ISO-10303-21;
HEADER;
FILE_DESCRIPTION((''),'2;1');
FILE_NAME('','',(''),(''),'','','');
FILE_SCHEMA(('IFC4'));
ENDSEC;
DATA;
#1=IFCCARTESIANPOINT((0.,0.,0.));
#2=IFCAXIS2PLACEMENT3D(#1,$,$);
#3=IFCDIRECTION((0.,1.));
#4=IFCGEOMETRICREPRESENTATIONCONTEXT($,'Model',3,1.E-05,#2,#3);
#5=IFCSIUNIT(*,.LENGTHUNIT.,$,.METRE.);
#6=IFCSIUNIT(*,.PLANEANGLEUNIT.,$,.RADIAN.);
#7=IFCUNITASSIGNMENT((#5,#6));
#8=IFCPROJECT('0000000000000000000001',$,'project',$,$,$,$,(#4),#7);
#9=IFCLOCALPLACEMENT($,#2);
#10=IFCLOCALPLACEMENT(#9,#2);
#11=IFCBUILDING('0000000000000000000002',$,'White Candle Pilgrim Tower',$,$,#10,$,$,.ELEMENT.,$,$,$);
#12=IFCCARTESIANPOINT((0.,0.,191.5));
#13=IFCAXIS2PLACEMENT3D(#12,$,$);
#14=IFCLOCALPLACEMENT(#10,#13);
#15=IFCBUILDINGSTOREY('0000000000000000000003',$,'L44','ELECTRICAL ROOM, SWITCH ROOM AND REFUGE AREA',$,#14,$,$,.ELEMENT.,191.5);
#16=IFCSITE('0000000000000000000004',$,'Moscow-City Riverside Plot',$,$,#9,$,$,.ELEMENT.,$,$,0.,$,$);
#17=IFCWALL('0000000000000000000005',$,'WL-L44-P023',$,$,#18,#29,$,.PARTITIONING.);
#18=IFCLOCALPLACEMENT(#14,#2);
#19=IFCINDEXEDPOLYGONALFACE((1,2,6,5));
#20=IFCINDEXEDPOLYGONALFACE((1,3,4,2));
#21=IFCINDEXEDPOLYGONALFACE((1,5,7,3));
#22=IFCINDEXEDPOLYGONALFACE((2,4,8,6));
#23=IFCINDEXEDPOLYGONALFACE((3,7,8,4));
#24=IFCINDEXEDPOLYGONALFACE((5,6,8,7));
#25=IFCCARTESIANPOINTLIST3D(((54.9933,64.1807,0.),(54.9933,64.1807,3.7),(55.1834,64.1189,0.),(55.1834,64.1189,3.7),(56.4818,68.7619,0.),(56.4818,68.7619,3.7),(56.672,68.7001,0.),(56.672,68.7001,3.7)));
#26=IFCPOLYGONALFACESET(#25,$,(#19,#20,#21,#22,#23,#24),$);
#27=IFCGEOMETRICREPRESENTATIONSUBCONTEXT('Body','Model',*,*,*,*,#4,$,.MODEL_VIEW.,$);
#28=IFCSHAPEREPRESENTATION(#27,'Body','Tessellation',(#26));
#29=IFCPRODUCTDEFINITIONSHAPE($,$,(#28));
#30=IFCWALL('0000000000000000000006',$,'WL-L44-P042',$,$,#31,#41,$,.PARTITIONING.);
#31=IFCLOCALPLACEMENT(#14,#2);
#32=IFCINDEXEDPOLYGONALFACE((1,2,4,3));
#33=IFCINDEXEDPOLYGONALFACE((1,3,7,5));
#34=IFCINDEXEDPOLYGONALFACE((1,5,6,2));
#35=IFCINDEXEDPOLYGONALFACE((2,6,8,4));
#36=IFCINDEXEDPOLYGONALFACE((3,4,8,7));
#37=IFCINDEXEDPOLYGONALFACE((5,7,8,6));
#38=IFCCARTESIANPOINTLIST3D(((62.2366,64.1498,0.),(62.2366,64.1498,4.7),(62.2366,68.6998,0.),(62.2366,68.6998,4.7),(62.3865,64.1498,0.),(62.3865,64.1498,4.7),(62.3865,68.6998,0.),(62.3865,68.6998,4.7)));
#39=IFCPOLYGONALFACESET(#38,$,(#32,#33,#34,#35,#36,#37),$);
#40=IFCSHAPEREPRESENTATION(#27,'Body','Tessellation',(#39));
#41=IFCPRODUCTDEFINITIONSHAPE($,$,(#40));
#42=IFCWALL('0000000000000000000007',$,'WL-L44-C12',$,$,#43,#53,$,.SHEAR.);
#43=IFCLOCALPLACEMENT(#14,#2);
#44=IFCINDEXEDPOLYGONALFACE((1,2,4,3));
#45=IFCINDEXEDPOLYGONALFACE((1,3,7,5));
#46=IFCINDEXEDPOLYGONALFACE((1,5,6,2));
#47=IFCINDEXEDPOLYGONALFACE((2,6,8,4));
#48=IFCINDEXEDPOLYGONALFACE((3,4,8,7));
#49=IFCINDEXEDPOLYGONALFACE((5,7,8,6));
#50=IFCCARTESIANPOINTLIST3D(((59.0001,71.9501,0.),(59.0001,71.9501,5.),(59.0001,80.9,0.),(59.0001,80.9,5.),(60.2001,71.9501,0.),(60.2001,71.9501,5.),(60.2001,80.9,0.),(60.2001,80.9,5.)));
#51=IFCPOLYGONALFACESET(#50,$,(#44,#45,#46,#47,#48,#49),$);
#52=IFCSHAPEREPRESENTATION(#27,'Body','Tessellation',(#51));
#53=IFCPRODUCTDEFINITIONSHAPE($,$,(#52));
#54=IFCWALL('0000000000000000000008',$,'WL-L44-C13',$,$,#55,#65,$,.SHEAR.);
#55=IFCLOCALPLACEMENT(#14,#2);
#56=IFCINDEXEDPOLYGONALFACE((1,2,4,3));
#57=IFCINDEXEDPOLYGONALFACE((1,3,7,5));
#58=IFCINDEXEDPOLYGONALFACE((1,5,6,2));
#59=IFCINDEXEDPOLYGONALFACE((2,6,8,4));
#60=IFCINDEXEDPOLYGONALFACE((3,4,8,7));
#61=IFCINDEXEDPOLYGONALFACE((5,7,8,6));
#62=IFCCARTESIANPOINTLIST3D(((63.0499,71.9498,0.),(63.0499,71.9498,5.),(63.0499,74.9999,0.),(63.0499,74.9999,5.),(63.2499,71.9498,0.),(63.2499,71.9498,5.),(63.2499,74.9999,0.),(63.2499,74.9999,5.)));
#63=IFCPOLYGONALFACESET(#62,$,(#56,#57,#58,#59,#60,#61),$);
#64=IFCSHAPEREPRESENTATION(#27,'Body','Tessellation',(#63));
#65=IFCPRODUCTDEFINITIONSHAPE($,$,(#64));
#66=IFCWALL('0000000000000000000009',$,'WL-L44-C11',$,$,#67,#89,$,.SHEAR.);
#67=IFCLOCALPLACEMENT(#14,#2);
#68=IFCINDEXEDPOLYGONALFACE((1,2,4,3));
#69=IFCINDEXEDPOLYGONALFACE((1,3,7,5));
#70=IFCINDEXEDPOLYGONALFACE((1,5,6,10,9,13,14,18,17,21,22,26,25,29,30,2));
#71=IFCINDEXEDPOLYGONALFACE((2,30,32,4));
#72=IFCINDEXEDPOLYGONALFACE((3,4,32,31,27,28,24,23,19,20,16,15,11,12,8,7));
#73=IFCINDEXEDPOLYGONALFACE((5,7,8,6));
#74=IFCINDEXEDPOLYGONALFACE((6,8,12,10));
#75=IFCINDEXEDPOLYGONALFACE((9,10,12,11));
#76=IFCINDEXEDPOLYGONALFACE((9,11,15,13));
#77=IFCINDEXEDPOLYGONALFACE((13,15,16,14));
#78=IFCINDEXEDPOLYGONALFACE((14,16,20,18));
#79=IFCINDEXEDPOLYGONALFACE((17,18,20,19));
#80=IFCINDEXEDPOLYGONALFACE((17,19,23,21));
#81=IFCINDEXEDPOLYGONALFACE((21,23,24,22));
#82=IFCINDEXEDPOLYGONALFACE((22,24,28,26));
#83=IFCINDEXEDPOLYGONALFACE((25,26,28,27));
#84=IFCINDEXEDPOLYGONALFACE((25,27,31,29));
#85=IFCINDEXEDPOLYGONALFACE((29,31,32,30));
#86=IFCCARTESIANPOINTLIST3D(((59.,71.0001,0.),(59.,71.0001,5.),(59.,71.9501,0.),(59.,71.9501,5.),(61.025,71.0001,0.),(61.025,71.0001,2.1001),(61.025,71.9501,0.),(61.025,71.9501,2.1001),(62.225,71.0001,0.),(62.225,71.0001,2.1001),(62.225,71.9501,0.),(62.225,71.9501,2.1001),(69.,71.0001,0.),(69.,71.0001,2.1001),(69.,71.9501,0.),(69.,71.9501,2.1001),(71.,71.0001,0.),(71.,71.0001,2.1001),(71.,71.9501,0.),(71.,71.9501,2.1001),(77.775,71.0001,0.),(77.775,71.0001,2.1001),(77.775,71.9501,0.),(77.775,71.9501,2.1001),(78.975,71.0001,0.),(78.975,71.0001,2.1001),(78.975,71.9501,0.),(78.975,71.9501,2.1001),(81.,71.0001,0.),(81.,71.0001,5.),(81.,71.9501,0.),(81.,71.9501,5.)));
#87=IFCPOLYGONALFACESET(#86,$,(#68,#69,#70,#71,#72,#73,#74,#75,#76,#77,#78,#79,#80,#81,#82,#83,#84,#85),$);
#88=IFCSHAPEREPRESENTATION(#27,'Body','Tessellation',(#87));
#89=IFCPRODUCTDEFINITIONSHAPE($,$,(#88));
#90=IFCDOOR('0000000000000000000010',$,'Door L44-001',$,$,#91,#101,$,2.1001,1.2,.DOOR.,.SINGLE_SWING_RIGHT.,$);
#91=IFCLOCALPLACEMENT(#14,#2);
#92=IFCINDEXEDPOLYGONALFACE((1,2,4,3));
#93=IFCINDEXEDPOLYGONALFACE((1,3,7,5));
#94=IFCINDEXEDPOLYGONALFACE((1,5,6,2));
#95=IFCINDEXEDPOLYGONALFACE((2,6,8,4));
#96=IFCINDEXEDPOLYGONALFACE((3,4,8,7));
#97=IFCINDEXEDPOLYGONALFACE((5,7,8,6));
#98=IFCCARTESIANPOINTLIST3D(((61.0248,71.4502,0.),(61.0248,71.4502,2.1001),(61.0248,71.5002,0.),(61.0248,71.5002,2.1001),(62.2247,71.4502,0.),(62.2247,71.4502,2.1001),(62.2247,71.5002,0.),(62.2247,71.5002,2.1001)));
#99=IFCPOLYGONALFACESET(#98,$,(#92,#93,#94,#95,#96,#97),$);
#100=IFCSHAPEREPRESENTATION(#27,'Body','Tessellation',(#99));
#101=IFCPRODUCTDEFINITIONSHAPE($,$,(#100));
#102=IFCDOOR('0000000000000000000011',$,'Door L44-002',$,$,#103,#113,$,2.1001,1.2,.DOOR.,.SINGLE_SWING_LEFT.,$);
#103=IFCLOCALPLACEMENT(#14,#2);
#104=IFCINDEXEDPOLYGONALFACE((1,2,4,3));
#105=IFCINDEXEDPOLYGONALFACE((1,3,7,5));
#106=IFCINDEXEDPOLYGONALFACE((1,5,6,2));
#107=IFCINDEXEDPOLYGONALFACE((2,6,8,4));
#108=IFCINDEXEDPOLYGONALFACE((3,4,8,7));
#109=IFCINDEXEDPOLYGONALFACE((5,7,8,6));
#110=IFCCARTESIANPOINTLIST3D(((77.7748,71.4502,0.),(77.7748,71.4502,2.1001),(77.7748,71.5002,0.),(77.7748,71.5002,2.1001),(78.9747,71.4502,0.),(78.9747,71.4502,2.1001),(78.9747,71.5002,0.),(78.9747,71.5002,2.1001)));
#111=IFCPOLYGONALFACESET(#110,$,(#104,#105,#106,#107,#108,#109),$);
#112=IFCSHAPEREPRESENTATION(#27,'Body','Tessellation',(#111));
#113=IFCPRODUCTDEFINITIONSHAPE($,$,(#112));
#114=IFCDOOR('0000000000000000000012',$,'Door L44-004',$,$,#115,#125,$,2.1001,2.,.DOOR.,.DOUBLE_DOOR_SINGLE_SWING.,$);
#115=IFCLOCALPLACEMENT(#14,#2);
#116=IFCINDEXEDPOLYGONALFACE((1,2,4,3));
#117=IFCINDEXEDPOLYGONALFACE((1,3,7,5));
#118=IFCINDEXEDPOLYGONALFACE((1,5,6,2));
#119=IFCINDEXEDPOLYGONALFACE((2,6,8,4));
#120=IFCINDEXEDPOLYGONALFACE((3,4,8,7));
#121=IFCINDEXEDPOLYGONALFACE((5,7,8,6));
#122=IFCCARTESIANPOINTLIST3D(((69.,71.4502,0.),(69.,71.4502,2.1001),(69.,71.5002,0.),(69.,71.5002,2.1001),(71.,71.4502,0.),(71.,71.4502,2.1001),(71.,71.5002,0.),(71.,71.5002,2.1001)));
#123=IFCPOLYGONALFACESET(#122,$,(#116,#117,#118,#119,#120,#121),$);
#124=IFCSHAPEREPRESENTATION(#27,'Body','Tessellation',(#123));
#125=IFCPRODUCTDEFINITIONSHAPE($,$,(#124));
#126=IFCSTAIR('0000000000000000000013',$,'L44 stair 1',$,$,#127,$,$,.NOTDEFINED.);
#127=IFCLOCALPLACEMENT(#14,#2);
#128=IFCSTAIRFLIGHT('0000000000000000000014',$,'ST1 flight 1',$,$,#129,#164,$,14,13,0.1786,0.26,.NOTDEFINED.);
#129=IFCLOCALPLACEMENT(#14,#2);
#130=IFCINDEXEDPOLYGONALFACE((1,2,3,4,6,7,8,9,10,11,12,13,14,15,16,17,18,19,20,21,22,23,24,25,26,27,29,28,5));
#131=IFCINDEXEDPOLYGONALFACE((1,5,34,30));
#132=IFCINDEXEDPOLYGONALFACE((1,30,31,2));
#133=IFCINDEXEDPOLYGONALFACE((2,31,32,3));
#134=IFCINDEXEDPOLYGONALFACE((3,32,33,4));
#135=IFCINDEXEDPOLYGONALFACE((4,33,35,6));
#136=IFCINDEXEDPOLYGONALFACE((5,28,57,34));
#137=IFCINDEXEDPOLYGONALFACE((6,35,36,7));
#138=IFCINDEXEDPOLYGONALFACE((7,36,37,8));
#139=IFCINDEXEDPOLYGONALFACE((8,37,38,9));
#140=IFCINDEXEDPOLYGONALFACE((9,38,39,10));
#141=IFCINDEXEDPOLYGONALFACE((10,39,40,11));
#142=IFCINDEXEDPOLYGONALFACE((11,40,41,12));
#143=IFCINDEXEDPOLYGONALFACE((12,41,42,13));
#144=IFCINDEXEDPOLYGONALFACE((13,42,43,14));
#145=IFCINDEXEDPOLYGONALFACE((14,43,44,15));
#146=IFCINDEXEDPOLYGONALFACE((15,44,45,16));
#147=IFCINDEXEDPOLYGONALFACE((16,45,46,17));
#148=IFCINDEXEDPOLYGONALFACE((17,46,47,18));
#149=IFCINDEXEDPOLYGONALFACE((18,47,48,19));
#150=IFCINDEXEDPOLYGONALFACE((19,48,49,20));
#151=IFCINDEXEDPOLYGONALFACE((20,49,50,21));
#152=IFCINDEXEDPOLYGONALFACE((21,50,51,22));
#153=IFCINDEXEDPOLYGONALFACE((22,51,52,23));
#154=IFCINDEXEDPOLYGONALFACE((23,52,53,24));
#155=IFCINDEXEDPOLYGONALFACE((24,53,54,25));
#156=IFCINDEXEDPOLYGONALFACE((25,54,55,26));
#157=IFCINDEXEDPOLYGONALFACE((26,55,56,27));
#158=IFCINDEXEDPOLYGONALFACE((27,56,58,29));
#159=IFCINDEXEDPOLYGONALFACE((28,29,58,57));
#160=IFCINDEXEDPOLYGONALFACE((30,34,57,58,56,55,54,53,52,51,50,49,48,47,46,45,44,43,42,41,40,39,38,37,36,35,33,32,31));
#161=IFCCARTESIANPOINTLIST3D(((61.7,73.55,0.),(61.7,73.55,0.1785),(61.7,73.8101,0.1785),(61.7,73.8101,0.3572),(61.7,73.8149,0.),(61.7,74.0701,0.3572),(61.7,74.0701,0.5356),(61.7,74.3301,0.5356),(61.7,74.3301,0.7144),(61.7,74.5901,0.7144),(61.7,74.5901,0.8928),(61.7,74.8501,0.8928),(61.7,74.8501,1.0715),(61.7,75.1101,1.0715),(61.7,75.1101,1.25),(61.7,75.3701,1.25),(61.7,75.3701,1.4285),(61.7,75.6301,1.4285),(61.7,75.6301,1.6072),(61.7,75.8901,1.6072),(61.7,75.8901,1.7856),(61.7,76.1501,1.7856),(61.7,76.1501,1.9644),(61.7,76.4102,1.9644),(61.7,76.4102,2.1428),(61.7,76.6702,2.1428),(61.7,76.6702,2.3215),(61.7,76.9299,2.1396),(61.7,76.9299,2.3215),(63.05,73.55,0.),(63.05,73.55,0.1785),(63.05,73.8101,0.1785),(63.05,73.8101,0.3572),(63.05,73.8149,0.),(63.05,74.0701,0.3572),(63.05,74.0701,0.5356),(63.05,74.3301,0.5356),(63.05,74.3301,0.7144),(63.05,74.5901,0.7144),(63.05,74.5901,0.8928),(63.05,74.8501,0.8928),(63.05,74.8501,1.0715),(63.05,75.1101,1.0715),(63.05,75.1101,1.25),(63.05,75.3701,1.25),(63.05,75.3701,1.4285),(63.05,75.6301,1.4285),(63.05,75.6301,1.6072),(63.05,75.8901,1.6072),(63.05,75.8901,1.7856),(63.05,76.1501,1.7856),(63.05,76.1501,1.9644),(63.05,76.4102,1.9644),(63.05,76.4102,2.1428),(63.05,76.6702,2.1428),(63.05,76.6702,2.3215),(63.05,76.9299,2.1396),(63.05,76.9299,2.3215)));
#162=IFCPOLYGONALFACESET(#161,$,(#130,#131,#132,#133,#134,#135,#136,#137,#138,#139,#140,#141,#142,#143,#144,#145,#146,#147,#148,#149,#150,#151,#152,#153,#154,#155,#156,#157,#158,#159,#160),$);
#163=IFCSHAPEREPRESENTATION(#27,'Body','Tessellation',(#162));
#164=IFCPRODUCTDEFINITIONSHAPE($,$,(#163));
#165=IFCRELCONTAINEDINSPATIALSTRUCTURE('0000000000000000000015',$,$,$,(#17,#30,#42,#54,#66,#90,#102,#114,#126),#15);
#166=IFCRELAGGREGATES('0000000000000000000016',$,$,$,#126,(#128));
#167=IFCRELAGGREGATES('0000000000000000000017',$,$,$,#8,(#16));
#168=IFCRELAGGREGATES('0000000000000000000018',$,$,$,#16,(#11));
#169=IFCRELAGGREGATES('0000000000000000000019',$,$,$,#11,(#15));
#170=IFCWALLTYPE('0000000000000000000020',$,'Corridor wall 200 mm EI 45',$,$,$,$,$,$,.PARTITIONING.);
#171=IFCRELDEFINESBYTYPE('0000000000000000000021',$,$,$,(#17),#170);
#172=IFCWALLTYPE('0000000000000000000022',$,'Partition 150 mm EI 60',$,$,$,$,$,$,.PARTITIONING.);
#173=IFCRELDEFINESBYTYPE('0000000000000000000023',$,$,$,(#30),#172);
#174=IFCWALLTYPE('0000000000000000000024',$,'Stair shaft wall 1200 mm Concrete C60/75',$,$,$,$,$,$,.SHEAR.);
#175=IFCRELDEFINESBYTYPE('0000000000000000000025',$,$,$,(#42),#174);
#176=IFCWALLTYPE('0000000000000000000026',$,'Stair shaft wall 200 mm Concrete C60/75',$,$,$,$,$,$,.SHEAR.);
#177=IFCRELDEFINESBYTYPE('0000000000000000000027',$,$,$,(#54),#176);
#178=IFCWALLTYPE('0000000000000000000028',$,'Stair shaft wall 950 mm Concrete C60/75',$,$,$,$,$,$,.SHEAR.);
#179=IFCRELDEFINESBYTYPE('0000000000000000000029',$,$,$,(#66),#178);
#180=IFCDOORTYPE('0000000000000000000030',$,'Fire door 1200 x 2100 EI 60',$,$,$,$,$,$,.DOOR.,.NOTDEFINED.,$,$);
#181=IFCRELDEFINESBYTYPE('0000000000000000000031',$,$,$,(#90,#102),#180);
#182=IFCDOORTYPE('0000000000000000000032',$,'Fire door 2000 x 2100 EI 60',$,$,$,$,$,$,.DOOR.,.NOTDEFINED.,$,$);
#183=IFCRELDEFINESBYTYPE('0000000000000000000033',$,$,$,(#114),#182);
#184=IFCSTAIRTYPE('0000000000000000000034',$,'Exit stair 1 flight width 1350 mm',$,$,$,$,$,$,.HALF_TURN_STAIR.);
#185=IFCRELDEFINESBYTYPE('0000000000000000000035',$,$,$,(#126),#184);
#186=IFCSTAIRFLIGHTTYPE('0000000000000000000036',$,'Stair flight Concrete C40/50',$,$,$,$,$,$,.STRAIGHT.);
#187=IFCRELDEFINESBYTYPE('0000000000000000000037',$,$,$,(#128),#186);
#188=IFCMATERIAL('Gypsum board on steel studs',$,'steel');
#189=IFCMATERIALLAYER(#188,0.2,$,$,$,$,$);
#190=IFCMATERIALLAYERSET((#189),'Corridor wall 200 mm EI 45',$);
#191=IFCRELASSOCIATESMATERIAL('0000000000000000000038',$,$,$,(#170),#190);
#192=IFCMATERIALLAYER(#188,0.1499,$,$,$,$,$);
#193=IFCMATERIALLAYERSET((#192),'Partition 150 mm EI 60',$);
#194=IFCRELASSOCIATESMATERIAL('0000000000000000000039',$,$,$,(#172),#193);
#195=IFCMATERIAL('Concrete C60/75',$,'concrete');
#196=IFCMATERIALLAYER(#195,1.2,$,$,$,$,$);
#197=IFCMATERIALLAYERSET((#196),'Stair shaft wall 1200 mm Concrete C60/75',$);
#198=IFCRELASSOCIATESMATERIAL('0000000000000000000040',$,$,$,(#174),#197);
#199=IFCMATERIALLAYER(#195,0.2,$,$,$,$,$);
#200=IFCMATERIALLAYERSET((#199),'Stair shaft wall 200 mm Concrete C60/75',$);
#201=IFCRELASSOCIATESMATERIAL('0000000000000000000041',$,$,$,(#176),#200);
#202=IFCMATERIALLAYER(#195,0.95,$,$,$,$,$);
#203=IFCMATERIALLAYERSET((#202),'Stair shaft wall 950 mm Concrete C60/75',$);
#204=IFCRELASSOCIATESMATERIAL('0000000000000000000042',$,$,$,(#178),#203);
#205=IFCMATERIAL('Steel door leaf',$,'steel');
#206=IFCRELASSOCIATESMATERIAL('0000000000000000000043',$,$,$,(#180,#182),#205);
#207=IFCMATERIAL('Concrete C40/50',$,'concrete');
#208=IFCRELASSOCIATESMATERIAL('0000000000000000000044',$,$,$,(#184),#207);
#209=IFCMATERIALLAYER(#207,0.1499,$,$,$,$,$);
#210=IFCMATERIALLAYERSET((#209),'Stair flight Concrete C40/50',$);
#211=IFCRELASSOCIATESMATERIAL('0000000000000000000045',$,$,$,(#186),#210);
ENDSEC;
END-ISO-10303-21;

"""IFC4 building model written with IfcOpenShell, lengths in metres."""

from ifc_helpers import new_model, si_unit, direction, frame, frame_2d, origin, place, context, subcontext, project, spatial, polyline, rectangle, outline, extrude, material, layer, layer_set, type_object, element, fill, aggregate, save


model = new_model("IFC4")

# Units and contexts
model_context = context("Model", 3, precision=1e-05, world=origin(), true_north=direction((0.0, 1.0)))
body_context = subcontext(model_context, "Body", "Model", "MODEL_VIEW")
ifc_project = project(units=[si_unit("LENGTHUNIT", "METRE"), si_unit("PLANEANGLEUNIT", "RADIAN")], contexts=[model_context])

# Site, building, storey
site_placement = place(None, origin())
site = spatial("IfcSite", under=ifc_project, at=site_placement, Name="Moscow-City Riverside Plot", CompositionType="ELEMENT", RefElevation=0.0)
building_placement = place(site_placement, origin())
building = spatial("IfcBuilding", under=site, at=building_placement, Name="White Candle Pilgrim Tower", CompositionType="ELEMENT")
storey_placement = place(building_placement, frame((0.0, 0.0, 191.5)))
storey = spatial("IfcBuildingStorey", under=building, at=storey_placement, Name="L44", Description="ELECTRICAL ROOM, SWITCH ROOM AND REFUGE AREA", CompositionType="ELEMENT", Elevation=191.5)

# Walls
ifc_material_1 = material(Name="Gypsum board on steel studs", Category="steel")
ifc_layer_1 = layer(ifc_material_1, 0.2)
ifc_layer_set_1 = layer_set([ifc_layer_1], Name="Corridor wall 200 mm EI 45")
wall_type_1 = type_object("IfcWallType", Name="Corridor wall 200 mm EI 45", PredefinedType="PARTITIONING", material=ifc_layer_set_1)
wall_1_placement = place(storey_placement, frame((56.5769, 68.731, 0.0), z_axis=(0.0, 0.0, 1.0), x_axis=(-0.309026, -0.951053, 0.0)))
element("IfcWall", 1, at=wall_1_placement, inside=storey, type_object=wall_type_1, Name="WL-L44-P023", PredefinedType="PARTITIONING", context=body_context, shape_type="SweptSolid", body=[
    extrude(rectangle(XDim=4.8169, YDim=0.2, at=frame_2d((2.4084, 0.0))), origin(), (0.0, 0.0, 1.0), 3.7),
])
ifc_layer_2 = layer(ifc_material_1, 0.1499)
ifc_layer_set_2 = layer_set([ifc_layer_2], Name="Partition 150 mm EI 60")
wall_type_2 = type_object("IfcWallType", Name="Partition 150 mm EI 60", PredefinedType="PARTITIONING", material=ifc_layer_set_2)
wall_2_placement = place(storey_placement, frame((62.3115, 64.1499, 0.0), z_axis=(0.0, 0.0, 1.0), x_axis=(0.0, 1.0, 0.0)))
element("IfcWall", 2, at=wall_2_placement, inside=storey, type_object=wall_type_2, Name="WL-L44-P042", PredefinedType="PARTITIONING", context=body_context, shape_type="SweptSolid", body=[
    extrude(rectangle(XDim=4.55, YDim=0.1499, at=frame_2d((2.2749, 0.0))), origin(), (0.0, 0.0, 1.0), 4.7),
])
ifc_material_2 = material(Name="Concrete C60/75", Category="concrete")
ifc_layer_3 = layer(ifc_material_2, 1.2)
ifc_layer_set_3 = layer_set([ifc_layer_3], Name="Stair shaft wall 1200 mm Concrete C60/75")
wall_type_3 = type_object("IfcWallType", Name="Stair shaft wall 1200 mm Concrete C60/75", PredefinedType="SHEAR", material=ifc_layer_set_3)
wall_3_placement = place(storey_placement, frame((59.6001, 71.95, 0.0), z_axis=(0.0, 0.0, 1.0), x_axis=(0.0, 1.0, 0.0)))
element("IfcWall", 3, at=wall_3_placement, inside=storey, type_object=wall_type_3, Name="WL-L44-C12", PredefinedType="SHEAR", context=body_context, shape_type="SweptSolid", body=[
    extrude(rectangle(XDim=8.95, YDim=1.2, at=frame_2d((4.4751, 0.0))), origin(), (0.0, 0.0, 1.0), 5.0),
])
ifc_layer_4 = layer(ifc_material_2, 0.2)
ifc_layer_set_4 = layer_set([ifc_layer_4], Name="Stair shaft wall 200 mm Concrete C60/75")
wall_type_4 = type_object("IfcWallType", Name="Stair shaft wall 200 mm Concrete C60/75", PredefinedType="SHEAR", material=ifc_layer_set_4)
wall_4_placement = place(storey_placement, frame((63.1499, 71.95, 0.0), z_axis=(0.0, 0.0, 1.0), x_axis=(0.0, 1.0, 0.0)))
element("IfcWall", 4, at=wall_4_placement, inside=storey, type_object=wall_type_4, Name="WL-L44-C13", PredefinedType="SHEAR", context=body_context, shape_type="SweptSolid", body=[
    extrude(rectangle(XDim=3.05, YDim=0.2, at=frame_2d((1.5249, 0.0))), origin(), (0.0, 0.0, 1.0), 5.0),
])

# Wall, openings, doors
ifc_layer_5 = layer(ifc_material_2, 0.95)
ifc_layer_set_5 = layer_set([ifc_layer_5], Name="Stair shaft wall 950 mm Concrete C60/75")
wall_type_5 = type_object("IfcWallType", Name="Stair shaft wall 950 mm Concrete C60/75", PredefinedType="SHEAR", material=ifc_layer_set_5)
wall_5_placement = place(storey_placement, frame((59.0, 71.4751, 0.0), z_axis=(0.0, 0.0, 1.0), x_axis=(1.0, 0.0, 0.0)))
wall_5 = element("IfcWall", 5, at=wall_5_placement, inside=storey, type_object=wall_type_5, Name="WL-L44-C11", PredefinedType="SHEAR", context=body_context, shape_type="SweptSolid", body=[
    extrude(rectangle(XDim=22.0, YDim=0.95, at=frame_2d((11.0, 0.0))), origin(), (0.0, 0.0, 1.0), 5.0),
])
opening_1_placement = place(wall_5_placement, frame((2.0249, 0.0, 0.0)))
opening_1 = element("IfcOpeningElement", 6, at=opening_1_placement, cuts=wall_5, PredefinedType="OPENING", context=body_context, shape_type="SweptSolid", body=[
    extrude(rectangle(XDim=1.2, YDim=2.1001, at=frame_2d((0.6001, 1.05))), frame((0.0, 0.4849, 0.0), z_axis=(0.0, -1.0, 0.0), x_axis=(1.0, 0.0, 0.0)), (0.0, 0.0, 1.0), 0.97),
])
opening_2_placement = place(wall_5_placement, frame((18.7749, 0.0, 0.0)))
opening_2 = element("IfcOpeningElement", 7, at=opening_2_placement, cuts=wall_5, PredefinedType="OPENING", context=body_context, shape_type="SweptSolid", body=[
    extrude(rectangle(XDim=1.2, YDim=2.1001, at=frame_2d((0.6001, 1.05))), frame((0.0, 0.4849, 0.0), z_axis=(0.0, -1.0, 0.0), x_axis=(1.0, 0.0, 0.0)), (0.0, 0.0, 1.0), 0.97),
])
opening_3_placement = place(wall_5_placement, frame((10.0, 0.0, 0.0)))
opening_3 = element("IfcOpeningElement", 8, at=opening_3_placement, cuts=wall_5, PredefinedType="OPENING", context=body_context, shape_type="SweptSolid", body=[
    extrude(rectangle(XDim=2.0, YDim=2.1001, at=frame_2d((1.0, 1.05))), frame((0.0, 0.4849, 0.0), z_axis=(0.0, -1.0, 0.0), x_axis=(1.0, 0.0, 0.0)), (0.0, 0.0, 1.0), 0.97),
])
ifc_material_3 = material(Name="Steel door leaf", Category="steel")
door_type_1 = type_object("IfcDoorType", Name="Fire door 1200 x 2100 EI 60", OperationType="NOTDEFINED", PredefinedType="DOOR", material=ifc_material_3)
door_1_placement = place(opening_1_placement, frame((1.2, 0.0, 0.0), z_axis=(0.0, 0.0, 1.0), x_axis=(-1.0, 0.0, 0.0)))
door_1 = element("IfcDoor", 9, at=door_1_placement, inside=storey, type_object=door_type_1, Name="Door L44-001", OperationType="SINGLE_SWING_RIGHT", OverallHeight=2.1001, OverallWidth=1.2, PredefinedType="DOOR", context=body_context, shape_type="SweptSolid", body=[
    extrude(rectangle(XDim=1.2, YDim=2.1001, at=frame_2d((0.6001, 1.05))), frame((0.0, 0.0249, 0.0), z_axis=(0.0, -1.0, 0.0), x_axis=(1.0, 0.0, 0.0)), (0.0, 0.0, 1.0), 0.05),
])
fill(opening_1, door_1)
door_2_placement = place(opening_2_placement, frame((1.2, 0.0, 0.0), z_axis=(0.0, 0.0, 1.0), x_axis=(-1.0, 0.0, 0.0)))
door_2 = element("IfcDoor", 10, at=door_2_placement, inside=storey, type_object=door_type_1, Name="Door L44-002", OperationType="SINGLE_SWING_LEFT", OverallHeight=2.1001, OverallWidth=1.2, PredefinedType="DOOR", context=body_context, shape_type="SweptSolid", body=[
    extrude(rectangle(XDim=1.2, YDim=2.1001, at=frame_2d((0.6001, 1.05))), frame((0.0, 0.0249, 0.0), z_axis=(0.0, -1.0, 0.0), x_axis=(1.0, 0.0, 0.0)), (0.0, 0.0, 1.0), 0.05),
])
fill(opening_2, door_2)
door_type_2 = type_object("IfcDoorType", Name="Fire door 2000 x 2100 EI 60", OperationType="NOTDEFINED", PredefinedType="DOOR", material=ifc_material_3)
door_3_placement = place(opening_3_placement, frame((2.0, 0.0, 0.0), z_axis=(0.0, 0.0, 1.0), x_axis=(-1.0, 0.0, 0.0)))
door_3 = element("IfcDoor", 11, at=door_3_placement, inside=storey, type_object=door_type_2, Name="Door L44-004", OperationType="DOUBLE_DOOR_SINGLE_SWING", OverallHeight=2.1001, OverallWidth=2.0, PredefinedType="DOOR", context=body_context, shape_type="SweptSolid", body=[
    extrude(rectangle(XDim=2.0, YDim=2.1001, at=frame_2d((1.0, 1.05))), frame((0.0, 0.0249, 0.0), z_axis=(0.0, -1.0, 0.0), x_axis=(1.0, 0.0, 0.0)), (0.0, 0.0, 1.0), 0.05),
])
fill(opening_3, door_3)

# Stair, stair flight
ifc_material_4 = material(Name="Concrete C40/50", Category="concrete")
stair_type = type_object("IfcStairType", Name="Exit stair 1 flight width 1350 mm", PredefinedType="HALF_TURN_STAIR", material=ifc_material_4)
stair_placement = place(storey_placement, origin())
stair = element("IfcStair", 12, at=stair_placement, inside=storey, type_object=stair_type, Name="L44 stair 1", PredefinedType="NOTDEFINED")
ifc_layer_6 = layer(ifc_material_4, 0.1499)
ifc_layer_set_6 = layer_set([ifc_layer_6], Name="Stair flight Concrete C40/50")
stair_flight_type = type_object("IfcStairFlightType", Name="Stair flight Concrete C40/50", PredefinedType="STRAIGHT", material=ifc_layer_set_6)
stair_flight_placement = place(storey_placement, frame((62.375, 73.55, 0.0), z_axis=(0.0, 0.0, 1.0), x_axis=(0.0, 1.0, 0.0)))
stair_flight = element("IfcStairFlight", 13, at=stair_flight_placement, type_object=stair_flight_type, Name="ST1 flight 1", NumberOfRisers=14, NumberOfTreads=13, PredefinedType="NOTDEFINED", RiserHeight=0.1786, TreadLength=0.26, context=body_context, shape_type="SweptSolid", body=[
    extrude(outline(polyline([(0.0, 0.0), (0.0, 0.1785), (0.26, 0.1785), (0.26, 0.3572), (0.52, 0.3572), (0.52, 0.5356), (0.78, 0.5356), (0.78, 0.7144), (1.04, 0.7144), (1.04, 0.8928), (1.3, 0.8928), (1.3, 1.0715), (1.5601, 1.0715), (1.5601, 1.25), (1.8201, 1.25), (1.8201, 1.4285), (2.0801, 1.4285), (2.0801, 1.6072), (2.3401, 1.6072), (2.3401, 1.7856), (2.6001, 1.7856), (2.6001, 1.9644), (2.8601, 1.9644), (2.8601, 2.1428), (3.1201, 2.1428), (3.1201, 2.3215), (3.3799, 2.3215), (3.3799, 2.5), (3.3799, 2.1396), (0.2649, 0.0), (0.0, 0.0)])), frame((0.0, 0.675, 0.0), z_axis=(0.0, -1.0, 0.0), x_axis=(1.0, 0.0, 0.0)), (0.0, 0.0, 1.0), 1.3501),
])
aggregate(stair, [stair_flight])

save(model, "model.ifc")
